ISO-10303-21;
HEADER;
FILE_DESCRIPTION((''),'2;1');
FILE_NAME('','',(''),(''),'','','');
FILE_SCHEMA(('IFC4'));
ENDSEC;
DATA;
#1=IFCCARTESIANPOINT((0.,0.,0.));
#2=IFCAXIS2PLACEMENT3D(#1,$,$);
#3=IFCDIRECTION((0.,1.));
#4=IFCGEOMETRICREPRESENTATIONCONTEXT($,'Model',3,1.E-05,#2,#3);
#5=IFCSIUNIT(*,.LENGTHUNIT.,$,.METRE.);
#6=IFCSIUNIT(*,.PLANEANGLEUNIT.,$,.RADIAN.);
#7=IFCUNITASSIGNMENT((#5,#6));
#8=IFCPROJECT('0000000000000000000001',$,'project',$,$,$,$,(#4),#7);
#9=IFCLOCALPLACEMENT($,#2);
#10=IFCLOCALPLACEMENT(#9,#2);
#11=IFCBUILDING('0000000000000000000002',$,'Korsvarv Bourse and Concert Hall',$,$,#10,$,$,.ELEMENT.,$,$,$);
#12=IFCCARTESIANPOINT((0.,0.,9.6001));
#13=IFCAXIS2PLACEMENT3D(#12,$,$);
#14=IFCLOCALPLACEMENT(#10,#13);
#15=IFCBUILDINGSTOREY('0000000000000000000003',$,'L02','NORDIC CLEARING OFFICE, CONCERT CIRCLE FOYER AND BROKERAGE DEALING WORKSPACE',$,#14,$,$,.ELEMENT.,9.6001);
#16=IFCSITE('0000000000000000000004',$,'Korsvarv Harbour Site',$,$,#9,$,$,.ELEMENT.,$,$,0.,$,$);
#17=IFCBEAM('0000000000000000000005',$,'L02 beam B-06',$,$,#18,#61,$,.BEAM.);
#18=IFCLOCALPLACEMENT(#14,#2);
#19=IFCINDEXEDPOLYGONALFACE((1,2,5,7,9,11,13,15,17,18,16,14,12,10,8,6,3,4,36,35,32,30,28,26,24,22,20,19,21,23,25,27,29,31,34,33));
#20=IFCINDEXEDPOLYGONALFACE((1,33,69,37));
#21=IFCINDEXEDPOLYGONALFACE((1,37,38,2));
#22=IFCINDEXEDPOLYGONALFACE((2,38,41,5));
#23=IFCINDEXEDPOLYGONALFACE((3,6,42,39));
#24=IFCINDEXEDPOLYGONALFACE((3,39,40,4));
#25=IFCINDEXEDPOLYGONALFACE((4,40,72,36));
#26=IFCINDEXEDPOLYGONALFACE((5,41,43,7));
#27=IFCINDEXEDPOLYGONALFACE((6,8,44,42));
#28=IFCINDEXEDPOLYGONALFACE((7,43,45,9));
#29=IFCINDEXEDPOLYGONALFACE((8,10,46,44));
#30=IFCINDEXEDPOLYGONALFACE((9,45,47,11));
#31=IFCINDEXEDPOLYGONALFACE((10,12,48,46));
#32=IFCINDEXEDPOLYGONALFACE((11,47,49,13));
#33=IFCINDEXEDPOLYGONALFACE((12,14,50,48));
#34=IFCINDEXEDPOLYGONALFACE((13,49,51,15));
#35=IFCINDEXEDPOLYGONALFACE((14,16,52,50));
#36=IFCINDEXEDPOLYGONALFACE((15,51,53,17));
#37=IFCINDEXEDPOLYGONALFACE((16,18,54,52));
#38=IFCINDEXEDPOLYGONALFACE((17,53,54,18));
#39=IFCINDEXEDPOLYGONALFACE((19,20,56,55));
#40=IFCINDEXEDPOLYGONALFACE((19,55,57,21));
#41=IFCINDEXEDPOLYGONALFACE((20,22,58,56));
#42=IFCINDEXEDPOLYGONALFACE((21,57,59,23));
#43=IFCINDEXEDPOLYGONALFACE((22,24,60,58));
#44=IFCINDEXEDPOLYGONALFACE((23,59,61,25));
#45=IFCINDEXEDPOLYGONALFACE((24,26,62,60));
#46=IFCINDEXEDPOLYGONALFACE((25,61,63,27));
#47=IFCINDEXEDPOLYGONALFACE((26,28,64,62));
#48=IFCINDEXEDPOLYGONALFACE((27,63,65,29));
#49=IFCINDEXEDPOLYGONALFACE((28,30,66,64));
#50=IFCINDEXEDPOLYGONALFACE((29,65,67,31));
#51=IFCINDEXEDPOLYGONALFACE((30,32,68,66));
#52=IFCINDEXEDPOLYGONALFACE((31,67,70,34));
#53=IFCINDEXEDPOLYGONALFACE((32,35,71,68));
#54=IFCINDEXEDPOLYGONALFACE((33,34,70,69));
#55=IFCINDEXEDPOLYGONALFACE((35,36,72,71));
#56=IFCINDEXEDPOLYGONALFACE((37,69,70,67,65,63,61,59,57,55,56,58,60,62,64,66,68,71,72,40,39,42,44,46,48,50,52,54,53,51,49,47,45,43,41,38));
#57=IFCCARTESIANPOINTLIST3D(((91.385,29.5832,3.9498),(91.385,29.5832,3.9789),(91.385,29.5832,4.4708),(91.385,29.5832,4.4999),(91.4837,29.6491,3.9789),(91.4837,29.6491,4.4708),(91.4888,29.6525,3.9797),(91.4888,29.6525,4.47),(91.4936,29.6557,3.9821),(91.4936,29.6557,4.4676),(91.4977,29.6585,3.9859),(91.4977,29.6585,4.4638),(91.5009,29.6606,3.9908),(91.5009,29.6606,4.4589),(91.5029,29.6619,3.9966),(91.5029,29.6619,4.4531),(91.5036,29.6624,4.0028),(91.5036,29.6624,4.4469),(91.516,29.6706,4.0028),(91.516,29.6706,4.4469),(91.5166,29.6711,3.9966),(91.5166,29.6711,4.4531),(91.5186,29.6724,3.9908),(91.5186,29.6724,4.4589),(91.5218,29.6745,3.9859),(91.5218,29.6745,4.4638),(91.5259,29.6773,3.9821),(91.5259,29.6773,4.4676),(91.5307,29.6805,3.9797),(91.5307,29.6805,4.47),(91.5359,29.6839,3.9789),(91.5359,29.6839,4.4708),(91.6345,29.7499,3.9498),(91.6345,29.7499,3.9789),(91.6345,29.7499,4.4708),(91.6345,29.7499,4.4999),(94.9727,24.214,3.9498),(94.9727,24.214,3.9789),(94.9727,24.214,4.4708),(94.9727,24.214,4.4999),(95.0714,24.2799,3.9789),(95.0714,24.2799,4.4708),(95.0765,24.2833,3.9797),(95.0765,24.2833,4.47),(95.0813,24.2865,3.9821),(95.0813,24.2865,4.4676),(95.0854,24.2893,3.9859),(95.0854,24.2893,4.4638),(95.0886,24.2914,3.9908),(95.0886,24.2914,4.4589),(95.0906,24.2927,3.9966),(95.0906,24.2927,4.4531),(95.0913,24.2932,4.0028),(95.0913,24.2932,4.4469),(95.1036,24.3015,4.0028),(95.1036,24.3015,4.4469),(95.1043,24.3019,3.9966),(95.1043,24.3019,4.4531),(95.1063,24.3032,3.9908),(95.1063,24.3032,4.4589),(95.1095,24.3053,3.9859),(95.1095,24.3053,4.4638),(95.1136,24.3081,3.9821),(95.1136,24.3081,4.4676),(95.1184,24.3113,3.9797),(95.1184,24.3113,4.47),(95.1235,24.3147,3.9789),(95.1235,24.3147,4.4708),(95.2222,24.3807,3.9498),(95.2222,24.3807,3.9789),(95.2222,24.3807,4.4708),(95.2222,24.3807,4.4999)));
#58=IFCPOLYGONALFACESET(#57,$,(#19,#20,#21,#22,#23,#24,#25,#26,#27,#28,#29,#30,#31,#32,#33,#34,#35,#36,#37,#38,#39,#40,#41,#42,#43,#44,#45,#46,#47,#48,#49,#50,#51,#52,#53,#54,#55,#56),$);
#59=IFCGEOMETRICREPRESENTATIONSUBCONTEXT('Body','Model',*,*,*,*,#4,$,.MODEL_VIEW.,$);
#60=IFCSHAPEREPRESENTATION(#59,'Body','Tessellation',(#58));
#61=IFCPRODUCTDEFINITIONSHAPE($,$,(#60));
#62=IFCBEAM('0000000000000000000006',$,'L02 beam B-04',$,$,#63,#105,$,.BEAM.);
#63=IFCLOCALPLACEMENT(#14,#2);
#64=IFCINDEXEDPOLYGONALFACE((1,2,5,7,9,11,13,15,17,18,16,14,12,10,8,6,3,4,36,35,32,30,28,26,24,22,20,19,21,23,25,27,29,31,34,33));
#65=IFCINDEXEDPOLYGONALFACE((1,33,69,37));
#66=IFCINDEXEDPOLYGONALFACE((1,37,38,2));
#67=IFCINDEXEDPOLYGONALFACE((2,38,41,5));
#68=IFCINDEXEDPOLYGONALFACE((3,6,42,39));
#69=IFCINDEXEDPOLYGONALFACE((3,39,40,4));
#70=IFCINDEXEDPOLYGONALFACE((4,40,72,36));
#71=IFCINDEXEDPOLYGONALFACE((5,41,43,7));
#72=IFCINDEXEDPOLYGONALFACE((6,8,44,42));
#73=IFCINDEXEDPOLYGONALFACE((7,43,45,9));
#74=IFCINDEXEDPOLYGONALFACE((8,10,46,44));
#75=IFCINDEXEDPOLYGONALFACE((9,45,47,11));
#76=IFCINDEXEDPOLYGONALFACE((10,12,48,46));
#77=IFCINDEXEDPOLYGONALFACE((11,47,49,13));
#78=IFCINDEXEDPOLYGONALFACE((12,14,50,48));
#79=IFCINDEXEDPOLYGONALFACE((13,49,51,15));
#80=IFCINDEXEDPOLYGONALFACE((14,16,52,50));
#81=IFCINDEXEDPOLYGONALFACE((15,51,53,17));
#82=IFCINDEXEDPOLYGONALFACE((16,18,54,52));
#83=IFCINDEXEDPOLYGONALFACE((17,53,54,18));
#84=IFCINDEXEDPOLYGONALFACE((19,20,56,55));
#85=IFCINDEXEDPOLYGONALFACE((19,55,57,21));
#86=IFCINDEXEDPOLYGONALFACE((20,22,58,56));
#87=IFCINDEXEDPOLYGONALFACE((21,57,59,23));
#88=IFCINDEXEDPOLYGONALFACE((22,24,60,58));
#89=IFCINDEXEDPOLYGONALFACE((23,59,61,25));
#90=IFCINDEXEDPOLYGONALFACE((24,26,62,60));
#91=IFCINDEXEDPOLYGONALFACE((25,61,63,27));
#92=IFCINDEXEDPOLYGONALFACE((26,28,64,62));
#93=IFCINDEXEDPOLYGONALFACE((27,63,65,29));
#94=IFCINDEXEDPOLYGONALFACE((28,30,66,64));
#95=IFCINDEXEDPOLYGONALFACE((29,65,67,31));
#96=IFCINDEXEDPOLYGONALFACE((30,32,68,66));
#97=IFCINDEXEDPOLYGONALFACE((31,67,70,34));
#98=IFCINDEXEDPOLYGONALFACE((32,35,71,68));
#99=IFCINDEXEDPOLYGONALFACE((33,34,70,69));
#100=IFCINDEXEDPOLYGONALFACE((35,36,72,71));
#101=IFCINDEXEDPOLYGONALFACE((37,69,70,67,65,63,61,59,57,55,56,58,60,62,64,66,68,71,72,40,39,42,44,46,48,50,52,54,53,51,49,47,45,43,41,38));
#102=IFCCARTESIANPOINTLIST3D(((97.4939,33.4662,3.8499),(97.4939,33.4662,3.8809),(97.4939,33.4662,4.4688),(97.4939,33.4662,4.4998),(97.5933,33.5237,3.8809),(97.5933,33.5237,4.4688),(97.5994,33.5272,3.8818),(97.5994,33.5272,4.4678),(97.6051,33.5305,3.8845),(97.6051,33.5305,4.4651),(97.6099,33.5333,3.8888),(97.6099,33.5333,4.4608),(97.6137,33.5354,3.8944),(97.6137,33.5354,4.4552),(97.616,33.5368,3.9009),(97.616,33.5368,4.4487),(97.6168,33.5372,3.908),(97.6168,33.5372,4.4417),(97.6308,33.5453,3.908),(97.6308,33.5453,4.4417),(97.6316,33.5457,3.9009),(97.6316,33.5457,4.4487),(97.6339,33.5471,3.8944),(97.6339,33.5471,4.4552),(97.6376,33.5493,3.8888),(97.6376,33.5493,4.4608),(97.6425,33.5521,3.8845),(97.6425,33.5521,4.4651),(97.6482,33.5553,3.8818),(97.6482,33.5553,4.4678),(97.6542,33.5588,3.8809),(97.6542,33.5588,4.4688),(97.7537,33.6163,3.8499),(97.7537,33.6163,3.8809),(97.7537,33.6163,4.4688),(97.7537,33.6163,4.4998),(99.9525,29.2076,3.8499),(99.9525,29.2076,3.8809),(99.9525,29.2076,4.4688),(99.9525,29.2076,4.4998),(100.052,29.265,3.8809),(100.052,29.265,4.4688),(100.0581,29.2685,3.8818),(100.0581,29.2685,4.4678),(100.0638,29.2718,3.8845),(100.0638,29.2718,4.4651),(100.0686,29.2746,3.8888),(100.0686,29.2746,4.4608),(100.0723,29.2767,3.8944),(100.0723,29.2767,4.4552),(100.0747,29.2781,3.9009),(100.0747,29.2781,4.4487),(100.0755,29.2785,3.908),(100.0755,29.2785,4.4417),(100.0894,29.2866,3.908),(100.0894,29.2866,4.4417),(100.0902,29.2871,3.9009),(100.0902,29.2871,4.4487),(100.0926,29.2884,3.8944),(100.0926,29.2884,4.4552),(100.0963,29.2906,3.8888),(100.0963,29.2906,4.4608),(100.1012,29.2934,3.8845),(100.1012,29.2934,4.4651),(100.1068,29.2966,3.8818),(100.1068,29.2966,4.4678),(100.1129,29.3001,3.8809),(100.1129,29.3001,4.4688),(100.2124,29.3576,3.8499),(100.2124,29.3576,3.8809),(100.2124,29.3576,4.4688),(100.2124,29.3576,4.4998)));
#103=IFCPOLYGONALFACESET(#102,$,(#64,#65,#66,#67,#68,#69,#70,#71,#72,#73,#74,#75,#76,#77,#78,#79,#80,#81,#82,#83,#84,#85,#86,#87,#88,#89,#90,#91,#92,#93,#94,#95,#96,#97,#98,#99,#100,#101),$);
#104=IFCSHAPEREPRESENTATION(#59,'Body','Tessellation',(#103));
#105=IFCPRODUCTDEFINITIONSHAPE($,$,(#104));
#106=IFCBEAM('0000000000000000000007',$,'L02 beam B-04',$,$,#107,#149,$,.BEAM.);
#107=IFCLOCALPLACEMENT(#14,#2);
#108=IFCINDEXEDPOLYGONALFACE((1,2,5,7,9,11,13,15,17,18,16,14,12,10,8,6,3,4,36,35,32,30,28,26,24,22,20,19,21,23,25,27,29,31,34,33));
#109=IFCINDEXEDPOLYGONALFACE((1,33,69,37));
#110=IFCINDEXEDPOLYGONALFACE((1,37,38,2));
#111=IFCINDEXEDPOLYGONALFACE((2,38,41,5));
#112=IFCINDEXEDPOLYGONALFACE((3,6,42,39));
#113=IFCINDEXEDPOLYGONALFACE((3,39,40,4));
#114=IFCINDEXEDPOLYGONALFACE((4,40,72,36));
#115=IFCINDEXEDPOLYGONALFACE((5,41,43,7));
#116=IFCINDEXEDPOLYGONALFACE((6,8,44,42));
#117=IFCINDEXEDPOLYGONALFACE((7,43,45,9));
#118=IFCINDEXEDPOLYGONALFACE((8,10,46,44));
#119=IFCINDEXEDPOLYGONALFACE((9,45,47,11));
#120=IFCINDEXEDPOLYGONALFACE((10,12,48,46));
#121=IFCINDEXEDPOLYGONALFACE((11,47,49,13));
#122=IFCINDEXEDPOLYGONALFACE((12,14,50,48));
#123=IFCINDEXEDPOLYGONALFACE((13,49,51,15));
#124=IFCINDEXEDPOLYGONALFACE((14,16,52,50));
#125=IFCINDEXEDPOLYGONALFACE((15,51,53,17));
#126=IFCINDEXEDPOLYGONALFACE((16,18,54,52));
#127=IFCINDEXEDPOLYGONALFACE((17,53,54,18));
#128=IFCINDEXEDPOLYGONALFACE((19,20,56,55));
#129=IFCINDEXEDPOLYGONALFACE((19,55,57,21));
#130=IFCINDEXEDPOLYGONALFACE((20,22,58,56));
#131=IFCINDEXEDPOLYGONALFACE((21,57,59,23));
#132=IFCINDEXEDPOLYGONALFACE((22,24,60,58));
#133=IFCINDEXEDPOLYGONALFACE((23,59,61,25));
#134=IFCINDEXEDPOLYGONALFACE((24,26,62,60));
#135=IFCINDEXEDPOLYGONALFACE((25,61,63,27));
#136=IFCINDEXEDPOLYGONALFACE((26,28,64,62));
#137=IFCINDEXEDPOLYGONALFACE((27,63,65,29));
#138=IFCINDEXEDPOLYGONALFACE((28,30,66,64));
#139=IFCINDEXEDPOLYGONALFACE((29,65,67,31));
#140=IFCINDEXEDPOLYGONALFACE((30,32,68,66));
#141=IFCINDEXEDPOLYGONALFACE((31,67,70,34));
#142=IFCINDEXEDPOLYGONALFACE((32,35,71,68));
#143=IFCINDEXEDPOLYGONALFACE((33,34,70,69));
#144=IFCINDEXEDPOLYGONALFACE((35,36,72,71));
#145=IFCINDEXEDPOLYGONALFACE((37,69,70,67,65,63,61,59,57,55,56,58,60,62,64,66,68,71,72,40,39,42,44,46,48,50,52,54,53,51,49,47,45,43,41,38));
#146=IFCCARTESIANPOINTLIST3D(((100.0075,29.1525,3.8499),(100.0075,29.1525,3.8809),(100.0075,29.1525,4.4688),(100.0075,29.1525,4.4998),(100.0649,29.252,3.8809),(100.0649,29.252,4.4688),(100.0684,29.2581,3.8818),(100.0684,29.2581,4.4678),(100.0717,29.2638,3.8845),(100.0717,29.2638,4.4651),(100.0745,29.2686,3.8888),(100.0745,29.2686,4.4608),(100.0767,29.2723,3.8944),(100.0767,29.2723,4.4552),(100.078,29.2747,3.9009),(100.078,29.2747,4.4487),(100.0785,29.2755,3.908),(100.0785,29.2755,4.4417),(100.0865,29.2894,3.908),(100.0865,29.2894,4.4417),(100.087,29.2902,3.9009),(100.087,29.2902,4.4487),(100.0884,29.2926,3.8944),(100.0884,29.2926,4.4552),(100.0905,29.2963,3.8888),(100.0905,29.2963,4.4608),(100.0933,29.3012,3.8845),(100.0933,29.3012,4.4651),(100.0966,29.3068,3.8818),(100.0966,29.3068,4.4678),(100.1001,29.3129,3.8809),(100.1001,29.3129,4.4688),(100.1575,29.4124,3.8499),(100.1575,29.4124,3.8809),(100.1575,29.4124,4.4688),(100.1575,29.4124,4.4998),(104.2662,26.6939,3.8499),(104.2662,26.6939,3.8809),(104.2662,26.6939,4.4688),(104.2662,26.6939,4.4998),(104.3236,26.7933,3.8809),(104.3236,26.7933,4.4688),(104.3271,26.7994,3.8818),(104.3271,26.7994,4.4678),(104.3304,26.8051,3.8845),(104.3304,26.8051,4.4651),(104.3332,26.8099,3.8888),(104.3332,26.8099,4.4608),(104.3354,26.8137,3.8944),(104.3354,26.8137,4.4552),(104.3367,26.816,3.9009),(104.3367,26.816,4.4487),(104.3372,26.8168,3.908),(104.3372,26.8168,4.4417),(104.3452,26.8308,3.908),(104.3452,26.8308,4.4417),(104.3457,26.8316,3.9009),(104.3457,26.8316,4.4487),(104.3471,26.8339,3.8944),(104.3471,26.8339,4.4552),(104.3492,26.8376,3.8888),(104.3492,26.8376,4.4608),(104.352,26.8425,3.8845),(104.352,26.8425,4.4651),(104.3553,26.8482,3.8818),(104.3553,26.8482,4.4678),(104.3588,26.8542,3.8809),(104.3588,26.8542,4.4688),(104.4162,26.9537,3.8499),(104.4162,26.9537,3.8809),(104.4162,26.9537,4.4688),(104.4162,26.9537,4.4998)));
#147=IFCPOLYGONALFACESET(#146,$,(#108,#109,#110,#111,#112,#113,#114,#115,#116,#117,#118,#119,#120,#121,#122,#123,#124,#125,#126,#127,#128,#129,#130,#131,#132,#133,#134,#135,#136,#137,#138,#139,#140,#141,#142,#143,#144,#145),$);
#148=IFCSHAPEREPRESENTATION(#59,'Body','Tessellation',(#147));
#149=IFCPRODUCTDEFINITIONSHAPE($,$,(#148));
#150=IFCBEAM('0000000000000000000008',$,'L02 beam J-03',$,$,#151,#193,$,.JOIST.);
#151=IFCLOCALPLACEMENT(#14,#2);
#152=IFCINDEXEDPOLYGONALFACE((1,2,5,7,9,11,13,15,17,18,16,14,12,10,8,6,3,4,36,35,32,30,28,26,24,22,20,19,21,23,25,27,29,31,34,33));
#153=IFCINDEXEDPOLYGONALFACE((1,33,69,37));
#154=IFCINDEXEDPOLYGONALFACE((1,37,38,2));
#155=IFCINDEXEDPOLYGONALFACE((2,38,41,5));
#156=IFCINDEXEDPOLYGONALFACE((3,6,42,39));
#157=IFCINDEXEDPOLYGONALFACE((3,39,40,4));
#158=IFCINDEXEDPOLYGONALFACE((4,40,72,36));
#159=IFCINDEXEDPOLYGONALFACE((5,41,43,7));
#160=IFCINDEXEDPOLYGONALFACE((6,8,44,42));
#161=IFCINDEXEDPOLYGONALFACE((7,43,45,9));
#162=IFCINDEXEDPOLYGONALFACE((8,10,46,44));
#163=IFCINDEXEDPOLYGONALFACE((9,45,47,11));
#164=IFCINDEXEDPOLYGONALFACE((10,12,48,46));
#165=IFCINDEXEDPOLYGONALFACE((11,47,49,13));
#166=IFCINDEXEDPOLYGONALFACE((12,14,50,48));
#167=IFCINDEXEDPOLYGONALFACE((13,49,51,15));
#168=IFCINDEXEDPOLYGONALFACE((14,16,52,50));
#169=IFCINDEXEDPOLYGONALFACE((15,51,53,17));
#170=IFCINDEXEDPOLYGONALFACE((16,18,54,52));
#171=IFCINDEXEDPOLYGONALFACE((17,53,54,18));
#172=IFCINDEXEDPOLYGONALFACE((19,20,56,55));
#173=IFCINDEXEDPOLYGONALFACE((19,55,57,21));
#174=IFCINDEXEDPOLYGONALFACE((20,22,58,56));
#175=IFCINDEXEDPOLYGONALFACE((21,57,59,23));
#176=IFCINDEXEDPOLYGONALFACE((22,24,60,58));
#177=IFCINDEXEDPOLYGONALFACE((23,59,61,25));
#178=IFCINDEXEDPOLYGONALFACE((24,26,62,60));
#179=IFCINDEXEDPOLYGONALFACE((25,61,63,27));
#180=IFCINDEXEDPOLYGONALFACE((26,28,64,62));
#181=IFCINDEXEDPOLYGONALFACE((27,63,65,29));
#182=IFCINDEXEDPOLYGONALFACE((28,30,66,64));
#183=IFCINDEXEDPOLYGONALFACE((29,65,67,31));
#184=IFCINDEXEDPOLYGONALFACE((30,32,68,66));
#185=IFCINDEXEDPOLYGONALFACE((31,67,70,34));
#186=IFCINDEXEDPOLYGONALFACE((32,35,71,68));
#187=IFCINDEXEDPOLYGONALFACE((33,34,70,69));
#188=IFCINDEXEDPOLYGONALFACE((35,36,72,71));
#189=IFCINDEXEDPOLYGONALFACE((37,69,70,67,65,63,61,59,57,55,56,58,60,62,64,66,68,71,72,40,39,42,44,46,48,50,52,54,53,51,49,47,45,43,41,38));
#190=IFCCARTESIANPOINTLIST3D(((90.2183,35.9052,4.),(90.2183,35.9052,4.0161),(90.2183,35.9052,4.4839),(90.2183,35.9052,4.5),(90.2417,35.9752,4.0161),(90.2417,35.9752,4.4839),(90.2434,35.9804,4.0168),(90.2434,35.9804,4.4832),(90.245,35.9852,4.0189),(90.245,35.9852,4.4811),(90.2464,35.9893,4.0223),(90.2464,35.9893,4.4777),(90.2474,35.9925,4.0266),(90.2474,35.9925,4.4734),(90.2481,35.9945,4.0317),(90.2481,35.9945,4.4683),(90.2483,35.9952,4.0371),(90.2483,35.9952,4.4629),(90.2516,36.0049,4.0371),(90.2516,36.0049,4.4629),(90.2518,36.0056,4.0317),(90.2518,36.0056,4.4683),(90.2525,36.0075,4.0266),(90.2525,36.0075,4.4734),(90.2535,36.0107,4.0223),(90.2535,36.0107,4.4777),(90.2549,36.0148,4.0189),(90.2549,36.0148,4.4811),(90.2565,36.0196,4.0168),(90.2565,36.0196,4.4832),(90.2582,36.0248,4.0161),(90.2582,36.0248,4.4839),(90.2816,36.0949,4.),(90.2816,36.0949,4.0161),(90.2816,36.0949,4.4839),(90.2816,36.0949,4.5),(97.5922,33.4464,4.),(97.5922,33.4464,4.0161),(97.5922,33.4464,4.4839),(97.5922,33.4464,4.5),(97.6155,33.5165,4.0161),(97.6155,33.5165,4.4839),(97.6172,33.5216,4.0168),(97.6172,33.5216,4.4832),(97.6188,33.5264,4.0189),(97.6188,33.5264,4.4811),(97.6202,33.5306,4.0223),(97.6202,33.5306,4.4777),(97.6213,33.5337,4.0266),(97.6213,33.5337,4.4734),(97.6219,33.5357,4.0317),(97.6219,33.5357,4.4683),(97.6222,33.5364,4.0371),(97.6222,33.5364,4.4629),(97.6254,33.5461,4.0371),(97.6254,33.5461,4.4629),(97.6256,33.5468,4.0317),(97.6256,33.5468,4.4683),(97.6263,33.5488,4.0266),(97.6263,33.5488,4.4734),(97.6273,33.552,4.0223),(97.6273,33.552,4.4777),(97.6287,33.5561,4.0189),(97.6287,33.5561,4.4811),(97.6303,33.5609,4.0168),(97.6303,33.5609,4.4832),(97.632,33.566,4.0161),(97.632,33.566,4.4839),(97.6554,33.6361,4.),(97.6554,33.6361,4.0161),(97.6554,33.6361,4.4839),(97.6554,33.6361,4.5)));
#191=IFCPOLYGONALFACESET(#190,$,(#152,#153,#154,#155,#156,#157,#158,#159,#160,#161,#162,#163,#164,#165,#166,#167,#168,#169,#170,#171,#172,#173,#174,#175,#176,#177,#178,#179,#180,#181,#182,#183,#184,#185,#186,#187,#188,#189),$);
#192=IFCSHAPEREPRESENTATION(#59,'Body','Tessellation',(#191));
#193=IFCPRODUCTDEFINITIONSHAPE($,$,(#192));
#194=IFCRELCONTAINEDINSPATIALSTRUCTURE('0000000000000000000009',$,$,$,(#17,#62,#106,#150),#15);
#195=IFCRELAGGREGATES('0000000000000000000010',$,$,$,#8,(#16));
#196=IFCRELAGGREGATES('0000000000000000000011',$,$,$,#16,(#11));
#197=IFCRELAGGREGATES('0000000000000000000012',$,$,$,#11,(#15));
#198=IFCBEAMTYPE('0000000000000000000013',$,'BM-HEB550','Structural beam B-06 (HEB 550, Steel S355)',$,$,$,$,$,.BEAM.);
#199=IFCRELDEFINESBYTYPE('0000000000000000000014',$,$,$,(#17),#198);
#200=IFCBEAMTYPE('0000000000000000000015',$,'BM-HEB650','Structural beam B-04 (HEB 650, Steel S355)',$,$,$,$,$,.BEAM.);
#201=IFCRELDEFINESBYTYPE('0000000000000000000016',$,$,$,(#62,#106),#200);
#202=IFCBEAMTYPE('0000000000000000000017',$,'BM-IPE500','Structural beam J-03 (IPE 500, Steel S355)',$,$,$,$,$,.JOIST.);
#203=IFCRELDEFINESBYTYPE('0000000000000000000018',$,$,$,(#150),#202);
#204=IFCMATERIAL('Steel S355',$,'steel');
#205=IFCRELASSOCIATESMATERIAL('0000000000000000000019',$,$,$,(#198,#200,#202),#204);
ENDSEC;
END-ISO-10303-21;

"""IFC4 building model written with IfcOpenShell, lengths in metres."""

from ifc_helpers import new_model, si_unit, direction, frame, origin, origin_2d, place, context, subcontext, project, spatial, i_section, extrude, source, transform, mapped, material, material_profile, profile_set, type_object, element, save


model = new_model("IFC4")

# Units and contexts
model_context = context("Model", 3, precision=1e-05, world=origin(), true_north=direction((0.0, 1.0)))
body_context = subcontext(model_context, "Body", "Model", "MODEL_VIEW")
ifc_project = project(units=[si_unit("LENGTHUNIT", "METRE"), si_unit("PLANEANGLEUNIT", "RADIAN")], contexts=[model_context])

# Site, building, storey
site_placement = place(None, origin())
site = spatial("IfcSite", under=ifc_project, at=site_placement, Name="Korsvarv Harbour Site", CompositionType="ELEMENT", RefElevation=0.0)
building_placement = place(site_placement, origin())
building = spatial("IfcBuilding", under=site, at=building_placement, Name="Korsvarv Bourse and Concert Hall", CompositionType="ELEMENT")
storey_placement = place(building_placement, frame((0.0, 0.0, 9.6001)))
storey = spatial("IfcBuildingStorey", under=building, at=storey_placement, Name="L02", Description="NORDIC CLEARING OFFICE, CONCERT CIRCLE FOYER AND BROKERAGE DEALING WORKSPACE", CompositionType="ELEMENT", Elevation=9.6001)

# Beams
ifc_material_1 = material(Name="Steel S355", Category="steel")
ifc_material_profile_1 = material_profile(ifc_material_1, i_section(OverallWidth=0.3, OverallDepth=0.55, WebThickness=0.0149, FlangeThickness=0.0291, FilletRadius=0.0239, at=origin_2d()), Name="HEB 550")
ifc_profile_set_1 = profile_set([ifc_material_profile_1], Name="Steel S355")
beam_type_1 = type_object("IfcBeamType", Name="BM-HEB550", Description="Structural beam B-06 (HEB 550, Steel S355)", PredefinedType="BEAM", material=ifc_profile_set_1)
shared_shape_1 = source(origin(), body_context, "Body", "SweptSolid", [
    extrude(i_section(OverallWidth=0.3, OverallDepth=0.55, WebThickness=0.0149, FlangeThickness=0.0291, FilletRadius=0.0239, at=origin_2d()), origin(), (0.0, 0.0, 1.0), 6.4575),
])
for number, where, z_axis, x_axis, name in (
    (1, (91.5098, 29.6665, 4.2249), (0.555581, -0.831462, 0.0), (0.831462, 0.555581, 0.0), "L02 beam B-06"),
):
    element("IfcBeam", number, at=place(storey_placement, frame(where, z_axis=z_axis, x_axis=x_axis)), inside=storey, type_object=beam_type_1, Name=name, PredefinedType="BEAM", context=body_context, shape_type="MappedRepresentation", body=[
        mapped(shared_shape_1, transform((0.0, 0.0, 0.0), scale=1.0)),
    ])
ifc_material_profile_2 = material_profile(ifc_material_1, i_section(OverallWidth=0.3, OverallDepth=0.6499, WebThickness=0.0161, FlangeThickness=0.031, FilletRadius=0.0271, at=origin_2d()), Name="HEB 650")
ifc_profile_set_2 = profile_set([ifc_material_profile_2], Name="Steel S355")
beam_type_2 = type_object("IfcBeamType", Name="BM-HEB650", Description="Structural beam B-04 (HEB 650, Steel S355)", PredefinedType="BEAM", material=ifc_profile_set_2)
shared_shape_2 = source(origin(), body_context, "Body", "SweptSolid", [
    extrude(i_section(OverallWidth=0.3, OverallDepth=0.6499, WebThickness=0.0161, FlangeThickness=0.031, FilletRadius=0.0271, at=origin_2d()), origin(), (0.0, 0.0, 1.0), 4.9175),
])
for number, where, z_axis, x_axis, name in (
    (2, (97.6238, 33.5413, 4.1748), (0.499989, -0.866032, 0.0), (0.866032, 0.499989, 0.0), "L02 beam B-04"),
    (3, (100.0825, 29.2825, 4.1748), (0.866032, -0.499989, 0.0), (0.499989, 0.866032, 0.0), "L02 beam B-04"),
):
    element("IfcBeam", number, at=place(storey_placement, frame(where, z_axis=z_axis, x_axis=x_axis)), inside=storey, type_object=beam_type_2, Name=name, PredefinedType="BEAM", context=body_context, shape_type="MappedRepresentation", body=[
        mapped(shared_shape_2, transform((0.0, 0.0, 0.0), scale=1.0)),
    ])
ifc_material_profile_3 = material_profile(ifc_material_1, i_section(OverallWidth=0.2, OverallDepth=0.5, WebThickness=0.0103, FlangeThickness=0.0161, FilletRadius=0.021, at=origin_2d()), Name="IPE 500")
ifc_profile_set_3 = profile_set([ifc_material_profile_3], Name="Steel S355")
beam_type_3 = type_object("IfcBeamType", Name="BM-IPE500", Description="Structural beam J-03 (IPE 500, Steel S355)", PredefinedType="JOIST", material=ifc_profile_set_3)
shared_shape_3 = source(origin(), body_context, "Body", "SweptSolid", [
    extrude(i_section(OverallWidth=0.2, OverallDepth=0.5, WebThickness=0.0103, FlangeThickness=0.0161, FilletRadius=0.021, at=origin_2d()), origin(), (0.0, 0.0, 1.0), 7.7729),
])
beam_1_placement = place(storey_placement, frame((97.6238, 33.5413, 4.25), z_axis=(-0.948652, 0.316322, 0.0), x_axis=(-0.316322, -0.948652, 0.0)))
element("IfcBeam", 4, at=beam_1_placement, inside=storey, type_object=beam_type_3, Name="L02 beam J-03", PredefinedType="JOIST", context=body_context, shape_type="MappedRepresentation", body=[
    mapped(shared_shape_3, transform((0.0, 0.0, 0.0), scale=1.0)),
])

save(model, "model.ifc")
